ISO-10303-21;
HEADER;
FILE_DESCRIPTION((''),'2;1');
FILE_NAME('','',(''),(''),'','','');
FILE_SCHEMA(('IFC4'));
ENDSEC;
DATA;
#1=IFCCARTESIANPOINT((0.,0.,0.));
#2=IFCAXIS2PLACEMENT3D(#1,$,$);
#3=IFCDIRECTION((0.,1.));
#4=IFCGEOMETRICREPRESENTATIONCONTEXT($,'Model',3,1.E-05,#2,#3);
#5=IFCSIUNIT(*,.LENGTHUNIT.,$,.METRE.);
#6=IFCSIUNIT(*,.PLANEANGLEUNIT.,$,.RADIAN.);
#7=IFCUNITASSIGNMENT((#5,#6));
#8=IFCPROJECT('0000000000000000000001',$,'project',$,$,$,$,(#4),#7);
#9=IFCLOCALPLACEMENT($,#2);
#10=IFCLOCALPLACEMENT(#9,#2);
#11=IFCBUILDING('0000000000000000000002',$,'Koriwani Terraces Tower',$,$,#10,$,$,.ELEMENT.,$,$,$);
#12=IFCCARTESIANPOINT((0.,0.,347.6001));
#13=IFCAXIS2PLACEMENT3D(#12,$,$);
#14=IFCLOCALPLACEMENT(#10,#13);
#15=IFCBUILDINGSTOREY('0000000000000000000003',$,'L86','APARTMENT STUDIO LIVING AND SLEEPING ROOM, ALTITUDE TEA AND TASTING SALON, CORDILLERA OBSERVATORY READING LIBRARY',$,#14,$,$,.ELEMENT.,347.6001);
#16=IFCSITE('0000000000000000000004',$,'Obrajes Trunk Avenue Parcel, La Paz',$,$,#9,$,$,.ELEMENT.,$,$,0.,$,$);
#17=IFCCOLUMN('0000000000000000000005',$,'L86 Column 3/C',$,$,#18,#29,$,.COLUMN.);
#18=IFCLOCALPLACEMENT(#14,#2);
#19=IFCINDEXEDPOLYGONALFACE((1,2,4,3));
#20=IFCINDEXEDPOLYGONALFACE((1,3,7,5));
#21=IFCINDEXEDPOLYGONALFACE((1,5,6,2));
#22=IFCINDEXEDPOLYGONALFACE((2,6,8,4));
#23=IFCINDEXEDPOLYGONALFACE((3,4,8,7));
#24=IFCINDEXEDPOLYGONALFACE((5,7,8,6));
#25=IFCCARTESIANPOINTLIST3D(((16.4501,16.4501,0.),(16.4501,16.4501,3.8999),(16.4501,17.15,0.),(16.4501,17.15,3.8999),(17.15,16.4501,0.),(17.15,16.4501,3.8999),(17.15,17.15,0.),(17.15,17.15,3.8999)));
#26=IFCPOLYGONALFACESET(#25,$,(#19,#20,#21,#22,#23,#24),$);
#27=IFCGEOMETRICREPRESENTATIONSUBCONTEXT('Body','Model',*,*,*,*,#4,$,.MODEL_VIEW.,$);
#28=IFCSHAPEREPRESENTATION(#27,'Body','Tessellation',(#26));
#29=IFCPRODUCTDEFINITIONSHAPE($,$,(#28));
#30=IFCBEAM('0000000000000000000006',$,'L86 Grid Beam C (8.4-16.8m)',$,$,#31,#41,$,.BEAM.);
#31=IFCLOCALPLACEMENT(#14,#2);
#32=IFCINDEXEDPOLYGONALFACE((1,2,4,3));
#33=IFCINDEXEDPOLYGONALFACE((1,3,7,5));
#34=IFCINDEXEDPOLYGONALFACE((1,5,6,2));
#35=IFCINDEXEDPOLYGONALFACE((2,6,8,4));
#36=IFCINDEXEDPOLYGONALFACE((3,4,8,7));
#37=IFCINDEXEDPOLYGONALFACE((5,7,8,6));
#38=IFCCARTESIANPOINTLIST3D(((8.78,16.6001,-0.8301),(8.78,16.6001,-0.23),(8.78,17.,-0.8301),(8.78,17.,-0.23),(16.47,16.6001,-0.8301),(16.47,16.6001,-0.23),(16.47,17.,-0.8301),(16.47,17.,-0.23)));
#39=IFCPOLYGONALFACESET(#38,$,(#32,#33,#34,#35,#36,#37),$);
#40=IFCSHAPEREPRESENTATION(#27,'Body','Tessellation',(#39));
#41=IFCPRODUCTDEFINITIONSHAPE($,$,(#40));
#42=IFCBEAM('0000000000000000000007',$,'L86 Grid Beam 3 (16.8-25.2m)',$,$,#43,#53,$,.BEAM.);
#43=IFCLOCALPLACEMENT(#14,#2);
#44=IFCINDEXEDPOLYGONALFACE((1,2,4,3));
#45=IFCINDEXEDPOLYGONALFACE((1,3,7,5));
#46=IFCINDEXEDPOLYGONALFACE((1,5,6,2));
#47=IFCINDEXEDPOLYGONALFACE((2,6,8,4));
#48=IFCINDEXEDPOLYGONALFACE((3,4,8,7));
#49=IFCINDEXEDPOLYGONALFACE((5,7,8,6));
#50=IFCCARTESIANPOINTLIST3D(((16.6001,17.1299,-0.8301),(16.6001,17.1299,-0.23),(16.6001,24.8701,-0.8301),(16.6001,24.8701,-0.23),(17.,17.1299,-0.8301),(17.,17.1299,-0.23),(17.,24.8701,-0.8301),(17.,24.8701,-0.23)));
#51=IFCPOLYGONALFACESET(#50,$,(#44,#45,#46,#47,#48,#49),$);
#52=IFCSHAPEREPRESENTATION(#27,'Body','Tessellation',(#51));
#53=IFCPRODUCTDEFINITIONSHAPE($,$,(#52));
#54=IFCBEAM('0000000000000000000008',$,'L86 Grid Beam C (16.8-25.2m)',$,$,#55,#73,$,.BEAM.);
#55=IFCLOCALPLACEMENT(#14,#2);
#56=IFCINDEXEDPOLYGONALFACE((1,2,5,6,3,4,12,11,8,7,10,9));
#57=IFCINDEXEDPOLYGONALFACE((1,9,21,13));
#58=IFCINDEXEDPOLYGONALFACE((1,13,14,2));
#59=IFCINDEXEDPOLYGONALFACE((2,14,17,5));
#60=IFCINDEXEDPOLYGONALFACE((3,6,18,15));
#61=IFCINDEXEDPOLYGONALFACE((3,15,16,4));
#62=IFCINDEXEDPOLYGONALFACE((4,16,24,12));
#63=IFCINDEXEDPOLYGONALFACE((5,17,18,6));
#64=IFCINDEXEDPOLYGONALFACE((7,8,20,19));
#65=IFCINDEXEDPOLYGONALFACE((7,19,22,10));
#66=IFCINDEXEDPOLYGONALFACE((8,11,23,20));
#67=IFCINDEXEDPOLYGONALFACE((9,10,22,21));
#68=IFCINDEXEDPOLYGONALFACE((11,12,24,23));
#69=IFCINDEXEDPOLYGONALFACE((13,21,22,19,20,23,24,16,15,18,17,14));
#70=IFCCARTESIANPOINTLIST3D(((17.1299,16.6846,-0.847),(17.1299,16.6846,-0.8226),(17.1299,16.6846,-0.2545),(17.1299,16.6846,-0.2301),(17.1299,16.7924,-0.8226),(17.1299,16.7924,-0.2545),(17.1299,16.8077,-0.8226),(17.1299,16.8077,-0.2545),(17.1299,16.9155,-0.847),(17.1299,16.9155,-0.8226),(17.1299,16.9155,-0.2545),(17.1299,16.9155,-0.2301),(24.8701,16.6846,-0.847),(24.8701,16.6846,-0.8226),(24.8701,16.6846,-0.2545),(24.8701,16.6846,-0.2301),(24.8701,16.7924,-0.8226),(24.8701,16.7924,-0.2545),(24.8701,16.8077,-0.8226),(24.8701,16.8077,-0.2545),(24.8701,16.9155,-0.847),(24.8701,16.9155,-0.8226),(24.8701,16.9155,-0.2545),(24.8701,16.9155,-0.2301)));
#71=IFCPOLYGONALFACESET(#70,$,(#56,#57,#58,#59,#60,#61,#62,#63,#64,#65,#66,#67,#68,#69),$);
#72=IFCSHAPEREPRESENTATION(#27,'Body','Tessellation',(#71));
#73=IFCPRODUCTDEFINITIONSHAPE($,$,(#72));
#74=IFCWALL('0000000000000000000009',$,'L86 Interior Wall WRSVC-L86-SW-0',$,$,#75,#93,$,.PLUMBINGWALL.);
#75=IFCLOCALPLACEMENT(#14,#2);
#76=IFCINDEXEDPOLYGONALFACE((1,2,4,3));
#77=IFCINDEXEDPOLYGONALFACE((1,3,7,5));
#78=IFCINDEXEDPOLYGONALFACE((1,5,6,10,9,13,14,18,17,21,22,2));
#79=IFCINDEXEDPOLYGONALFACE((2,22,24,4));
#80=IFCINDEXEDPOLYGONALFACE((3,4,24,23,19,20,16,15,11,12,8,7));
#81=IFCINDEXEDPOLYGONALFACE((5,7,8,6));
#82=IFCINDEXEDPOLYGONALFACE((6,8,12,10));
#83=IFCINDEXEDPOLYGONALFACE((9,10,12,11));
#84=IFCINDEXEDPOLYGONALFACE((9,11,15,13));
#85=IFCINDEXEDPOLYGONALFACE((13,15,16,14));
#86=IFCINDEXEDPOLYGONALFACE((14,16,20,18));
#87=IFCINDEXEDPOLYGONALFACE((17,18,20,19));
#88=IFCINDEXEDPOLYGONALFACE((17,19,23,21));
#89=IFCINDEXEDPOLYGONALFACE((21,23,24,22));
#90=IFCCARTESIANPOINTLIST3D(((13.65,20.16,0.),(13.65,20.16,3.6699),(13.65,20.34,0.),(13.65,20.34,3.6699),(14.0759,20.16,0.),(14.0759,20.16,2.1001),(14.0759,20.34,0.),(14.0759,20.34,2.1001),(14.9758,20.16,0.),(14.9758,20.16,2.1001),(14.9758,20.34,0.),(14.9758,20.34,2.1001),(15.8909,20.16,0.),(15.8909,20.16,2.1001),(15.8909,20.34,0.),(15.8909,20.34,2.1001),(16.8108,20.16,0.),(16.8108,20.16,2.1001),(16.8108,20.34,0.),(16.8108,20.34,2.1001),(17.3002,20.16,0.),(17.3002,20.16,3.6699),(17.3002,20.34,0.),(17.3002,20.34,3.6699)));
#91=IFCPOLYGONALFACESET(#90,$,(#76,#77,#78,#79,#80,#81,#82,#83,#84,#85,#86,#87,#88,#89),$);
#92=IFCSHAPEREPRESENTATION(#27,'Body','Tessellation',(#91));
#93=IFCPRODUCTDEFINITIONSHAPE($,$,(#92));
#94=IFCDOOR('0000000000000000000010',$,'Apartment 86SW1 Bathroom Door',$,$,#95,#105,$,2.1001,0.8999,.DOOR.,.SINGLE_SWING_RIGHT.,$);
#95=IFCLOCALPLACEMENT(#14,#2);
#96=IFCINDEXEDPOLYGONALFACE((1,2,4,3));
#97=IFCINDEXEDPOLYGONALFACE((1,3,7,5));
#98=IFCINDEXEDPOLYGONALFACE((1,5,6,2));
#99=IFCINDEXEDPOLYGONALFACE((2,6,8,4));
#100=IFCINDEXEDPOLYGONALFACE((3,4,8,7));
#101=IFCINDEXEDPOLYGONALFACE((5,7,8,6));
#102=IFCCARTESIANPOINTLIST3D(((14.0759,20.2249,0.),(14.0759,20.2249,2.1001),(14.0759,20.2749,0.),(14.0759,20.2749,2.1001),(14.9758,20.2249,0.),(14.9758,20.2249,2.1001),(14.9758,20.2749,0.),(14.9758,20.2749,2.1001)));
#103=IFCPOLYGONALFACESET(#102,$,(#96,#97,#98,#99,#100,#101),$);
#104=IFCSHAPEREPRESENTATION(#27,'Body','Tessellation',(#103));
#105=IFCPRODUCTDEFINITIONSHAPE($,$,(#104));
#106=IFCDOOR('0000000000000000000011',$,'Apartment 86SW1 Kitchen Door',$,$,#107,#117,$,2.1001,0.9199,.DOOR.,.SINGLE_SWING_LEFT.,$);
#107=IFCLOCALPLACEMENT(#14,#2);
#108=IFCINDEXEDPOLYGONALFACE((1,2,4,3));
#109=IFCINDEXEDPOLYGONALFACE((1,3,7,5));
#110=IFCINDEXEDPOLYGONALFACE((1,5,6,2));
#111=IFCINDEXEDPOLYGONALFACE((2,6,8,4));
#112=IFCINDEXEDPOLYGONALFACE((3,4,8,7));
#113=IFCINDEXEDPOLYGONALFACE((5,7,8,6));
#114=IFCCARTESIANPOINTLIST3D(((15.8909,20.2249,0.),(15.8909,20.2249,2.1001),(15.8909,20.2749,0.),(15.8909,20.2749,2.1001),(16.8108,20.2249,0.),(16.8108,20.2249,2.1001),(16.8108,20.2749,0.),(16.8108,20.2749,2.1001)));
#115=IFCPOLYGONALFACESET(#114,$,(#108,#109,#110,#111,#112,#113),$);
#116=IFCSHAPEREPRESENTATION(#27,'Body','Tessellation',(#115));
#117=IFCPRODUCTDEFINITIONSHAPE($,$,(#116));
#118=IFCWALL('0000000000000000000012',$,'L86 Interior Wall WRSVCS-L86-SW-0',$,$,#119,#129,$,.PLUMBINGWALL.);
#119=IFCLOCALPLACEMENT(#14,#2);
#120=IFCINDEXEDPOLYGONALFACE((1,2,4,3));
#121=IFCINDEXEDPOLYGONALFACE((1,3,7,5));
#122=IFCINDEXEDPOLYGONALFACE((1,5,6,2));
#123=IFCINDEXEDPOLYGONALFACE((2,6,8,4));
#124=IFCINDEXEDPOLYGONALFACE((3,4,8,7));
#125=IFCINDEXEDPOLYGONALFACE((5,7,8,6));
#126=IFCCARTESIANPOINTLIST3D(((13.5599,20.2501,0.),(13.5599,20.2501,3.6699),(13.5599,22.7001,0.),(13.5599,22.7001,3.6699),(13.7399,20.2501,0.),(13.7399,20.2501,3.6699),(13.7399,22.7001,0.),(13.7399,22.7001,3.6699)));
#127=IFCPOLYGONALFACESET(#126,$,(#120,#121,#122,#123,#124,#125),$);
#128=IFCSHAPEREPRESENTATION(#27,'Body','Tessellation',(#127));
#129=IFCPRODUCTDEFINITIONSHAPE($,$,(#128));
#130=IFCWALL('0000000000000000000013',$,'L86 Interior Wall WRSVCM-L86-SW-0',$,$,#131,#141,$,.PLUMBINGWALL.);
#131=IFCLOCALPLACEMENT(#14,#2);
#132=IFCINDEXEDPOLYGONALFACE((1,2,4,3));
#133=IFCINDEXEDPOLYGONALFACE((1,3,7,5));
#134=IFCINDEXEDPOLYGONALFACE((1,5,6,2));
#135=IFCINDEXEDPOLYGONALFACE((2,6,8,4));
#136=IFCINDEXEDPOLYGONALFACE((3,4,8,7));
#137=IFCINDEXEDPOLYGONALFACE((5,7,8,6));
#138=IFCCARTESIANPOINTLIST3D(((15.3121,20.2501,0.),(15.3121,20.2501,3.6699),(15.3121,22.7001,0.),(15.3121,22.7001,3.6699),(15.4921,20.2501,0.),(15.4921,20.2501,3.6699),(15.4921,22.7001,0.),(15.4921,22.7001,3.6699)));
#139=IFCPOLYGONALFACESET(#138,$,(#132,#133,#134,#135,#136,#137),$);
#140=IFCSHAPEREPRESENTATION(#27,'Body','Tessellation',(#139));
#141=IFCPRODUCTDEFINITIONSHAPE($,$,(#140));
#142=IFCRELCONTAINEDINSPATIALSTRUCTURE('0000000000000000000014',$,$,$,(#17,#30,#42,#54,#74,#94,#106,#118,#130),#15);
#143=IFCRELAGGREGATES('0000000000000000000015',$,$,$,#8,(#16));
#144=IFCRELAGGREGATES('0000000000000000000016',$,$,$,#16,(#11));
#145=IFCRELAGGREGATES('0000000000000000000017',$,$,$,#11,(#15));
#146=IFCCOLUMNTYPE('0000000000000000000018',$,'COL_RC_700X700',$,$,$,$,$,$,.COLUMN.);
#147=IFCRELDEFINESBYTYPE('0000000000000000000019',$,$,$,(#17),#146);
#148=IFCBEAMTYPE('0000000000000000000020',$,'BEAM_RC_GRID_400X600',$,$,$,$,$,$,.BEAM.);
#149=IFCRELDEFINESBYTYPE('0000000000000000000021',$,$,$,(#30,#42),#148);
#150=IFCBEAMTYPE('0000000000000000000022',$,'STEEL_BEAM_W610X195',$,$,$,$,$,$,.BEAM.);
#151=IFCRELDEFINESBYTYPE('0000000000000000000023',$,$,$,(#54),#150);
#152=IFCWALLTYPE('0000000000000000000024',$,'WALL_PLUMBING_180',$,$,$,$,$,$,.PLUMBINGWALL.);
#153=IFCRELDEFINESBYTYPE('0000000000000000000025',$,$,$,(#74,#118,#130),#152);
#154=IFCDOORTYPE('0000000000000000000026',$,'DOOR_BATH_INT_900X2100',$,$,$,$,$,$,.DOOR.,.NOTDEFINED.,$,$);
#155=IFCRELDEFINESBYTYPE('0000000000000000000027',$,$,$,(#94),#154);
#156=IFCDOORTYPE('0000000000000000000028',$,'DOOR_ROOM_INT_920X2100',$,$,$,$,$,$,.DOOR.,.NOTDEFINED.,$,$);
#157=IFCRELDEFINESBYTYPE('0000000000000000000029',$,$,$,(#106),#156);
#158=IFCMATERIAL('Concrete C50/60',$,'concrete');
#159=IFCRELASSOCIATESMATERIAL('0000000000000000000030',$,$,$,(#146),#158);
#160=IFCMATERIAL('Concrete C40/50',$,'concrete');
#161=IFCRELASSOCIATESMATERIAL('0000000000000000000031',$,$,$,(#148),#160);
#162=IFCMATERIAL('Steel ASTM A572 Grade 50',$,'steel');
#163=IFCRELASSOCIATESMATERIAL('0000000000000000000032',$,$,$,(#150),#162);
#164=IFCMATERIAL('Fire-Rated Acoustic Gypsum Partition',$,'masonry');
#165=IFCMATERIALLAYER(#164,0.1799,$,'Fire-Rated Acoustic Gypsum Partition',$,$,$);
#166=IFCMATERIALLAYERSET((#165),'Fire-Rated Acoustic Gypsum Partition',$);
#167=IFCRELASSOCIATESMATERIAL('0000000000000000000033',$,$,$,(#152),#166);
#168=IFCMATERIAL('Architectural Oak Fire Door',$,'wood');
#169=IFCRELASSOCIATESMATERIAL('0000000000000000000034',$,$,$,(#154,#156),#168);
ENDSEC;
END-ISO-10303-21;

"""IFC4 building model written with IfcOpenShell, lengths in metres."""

from ifc_helpers import new_model, si_unit, direction, frame, frame_2d, origin, origin_2d, place, context, subcontext, project, spatial, rectangle, i_section, extrude, material, layer, layer_set, material_profile, profile_set, type_object, element, fill, save


model = new_model("IFC4")

# Units and contexts
model_context = context("Model", 3, precision=1e-05, world=origin(), true_north=direction((0.0, 1.0)))
body_context = subcontext(model_context, "Body", "Model", "MODEL_VIEW")
ifc_project = project(units=[si_unit("LENGTHUNIT", "METRE"), si_unit("PLANEANGLEUNIT", "RADIAN")], contexts=[model_context])

# Site, building, storey
site_placement = place(None, origin())
site = spatial("IfcSite", under=ifc_project, at=site_placement, Name="Obrajes Trunk Avenue Parcel, La Paz", CompositionType="ELEMENT", RefElevation=0.0)
building_placement = place(site_placement, origin())
building = spatial("IfcBuilding", under=site, at=building_placement, Name="Koriwani Terraces Tower", CompositionType="ELEMENT")
storey_placement = place(building_placement, frame((0.0, 0.0, 347.6001)))
storey = spatial("IfcBuildingStorey", under=building, at=storey_placement, Name="L86", Description="APARTMENT STUDIO LIVING AND SLEEPING ROOM, ALTITUDE TEA AND TASTING SALON, CORDILLERA OBSERVATORY READING LIBRARY", CompositionType="ELEMENT", Elevation=347.6001)

# Column
ifc_material_1 = material(Name="Concrete C50/60", Category="concrete")
ifc_material_profile_1 = material_profile(ifc_material_1, rectangle(XDim=0.7, YDim=0.7, at=origin_2d()), Name="Concrete C50/60", Category="LoadBearing")
ifc_profile_set_1 = profile_set([ifc_material_profile_1], Name="Concrete C50/60")
column_type = type_object("IfcColumnType", Name="COL_RC_700X700", PredefinedType="COLUMN", material=ifc_profile_set_1)
column_placement = place(storey_placement, frame((16.8, 16.8, 0.0), z_axis=(0.0, 0.0, 1.0), x_axis=(1.0, 0.0, 0.0)))
element("IfcColumn", 1, at=column_placement, inside=storey, type_object=column_type, Name="L86 Column 3/C", PredefinedType="COLUMN", context=body_context, shape_type="SweptSolid", body=[
    extrude(rectangle(XDim=0.7, YDim=0.7, at=origin_2d()), origin(), (0.0, 0.0, 1.0), 3.8999),
])

# Beams
ifc_material_2 = material(Name="Concrete C40/50", Category="concrete")
ifc_material_profile_2 = material_profile(ifc_material_2, rectangle(XDim=0.3999, YDim=0.6001, at=origin_2d()), Name="Concrete C40/50", Category="LoadBearing")
ifc_profile_set_2 = profile_set([ifc_material_profile_2], Name="Concrete C40/50")
beam_type_1 = type_object("IfcBeamType", Name="BEAM_RC_GRID_400X600", PredefinedType="BEAM", material=ifc_profile_set_2)
beam_1_placement = place(storey_placement, frame((8.78, 16.8, -0.53), z_axis=(1.0, 0.0, 0.0), x_axis=(0.0, 1.0, 0.0)))
element("IfcBeam", 2, at=beam_1_placement, inside=storey, type_object=beam_type_1, Name="L86 Grid Beam C (8.4-16.8m)", PredefinedType="BEAM", context=body_context, shape_type="SweptSolid", body=[
    extrude(rectangle(XDim=0.3999, YDim=0.6001, at=origin_2d()), origin(), (0.0, 0.0, 1.0), 7.6899),
])
beam_2_placement = place(storey_placement, frame((16.8, 17.1299, -0.53), z_axis=(0.0, 1.0, 0.0), x_axis=(-1.0, 0.0, 0.0)))
element("IfcBeam", 3, at=beam_2_placement, inside=storey, type_object=beam_type_1, Name="L86 Grid Beam 3 (16.8-25.2m)", PredefinedType="BEAM", context=body_context, shape_type="SweptSolid", body=[
    extrude(rectangle(XDim=0.3999, YDim=0.6001, at=origin_2d()), origin(), (0.0, 0.0, 1.0), 7.7402),
])
ifc_material_3 = material(Name="Steel ASTM A572 Grade 50", Category="steel")
ifc_material_profile_3 = material_profile(ifc_material_3, i_section(OverallWidth=0.231, OverallDepth=0.6169, WebThickness=0.0154, FlangeThickness=0.0244, at=origin_2d()), Name="Steel ASTM A572 Grade 50", Category="LoadBearing")
ifc_profile_set_3 = profile_set([ifc_material_profile_3], Name="Steel ASTM A572 Grade 50")
beam_type_2 = type_object("IfcBeamType", Name="STEEL_BEAM_W610X195", PredefinedType="BEAM", material=ifc_profile_set_3)
beam_3_placement = place(storey_placement, frame((17.1299, 16.8, -0.5386), z_axis=(1.0, 0.0, 0.0), x_axis=(0.0, 1.0, 0.0)))
element("IfcBeam", 4, at=beam_3_placement, inside=storey, type_object=beam_type_2, Name="L86 Grid Beam C (16.8-25.2m)", PredefinedType="BEAM", context=body_context, shape_type="SweptSolid", body=[
    extrude(i_section(OverallWidth=0.231, OverallDepth=0.6169, WebThickness=0.0154, FlangeThickness=0.0244, at=origin_2d()), origin(), (0.0, 0.0, 1.0), 7.7402),
])

# Wall, openings, doors
ifc_material_4 = material(Name="Fire-Rated Acoustic Gypsum Partition", Category="masonry")
ifc_layer = layer(ifc_material_4, 0.1799, Name="Fire-Rated Acoustic Gypsum Partition")
ifc_layer_set = layer_set([ifc_layer], Name="Fire-Rated Acoustic Gypsum Partition")
wall_type = type_object("IfcWallType", Name="WALL_PLUMBING_180", PredefinedType="PLUMBINGWALL", material=ifc_layer_set)
wall_1_placement = place(storey_placement, frame((13.6499, 20.25, 0.0), z_axis=(0.0, 0.0, 1.0), x_axis=(1.0, 0.0, 0.0)))
wall_1 = element("IfcWall", 5, at=wall_1_placement, inside=storey, type_object=wall_type, Name="L86 Interior Wall WRSVC-L86-SW-0", PredefinedType="PLUMBINGWALL", context=body_context, shape_type="SweptSolid", body=[
    extrude(rectangle(XDim=3.6501, YDim=0.1799, at=frame_2d((1.8252, 0.0))), origin(), (0.0, 0.0, 1.0), 3.6699),
])
opening_1_placement = place(wall_1_placement, frame((0.426, 0.0, 0.0)))
opening_1 = element("IfcOpeningElement", 6, at=opening_1_placement, cuts=wall_1, PredefinedType="OPENING", context=body_context, shape_type="SweptSolid", body=[
    extrude(rectangle(XDim=0.8999, YDim=2.1001, at=frame_2d((0.45, 1.05))), frame((0.0, 0.1001, 0.0), z_axis=(0.0, -1.0, 0.0), x_axis=(1.0, 0.0, 0.0)), (0.0, 0.0, 1.0), 0.2),
])
opening_2_placement = place(wall_1_placement, frame((2.241, 0.0, 0.0)))
opening_2 = element("IfcOpeningElement", 7, at=opening_2_placement, cuts=wall_1, PredefinedType="OPENING", context=body_context, shape_type="SweptSolid", body=[
    extrude(rectangle(XDim=0.9199, YDim=2.1001, at=frame_2d((0.46, 1.05))), frame((0.0, 0.1001, 0.0), z_axis=(0.0, -1.0, 0.0), x_axis=(1.0, 0.0, 0.0)), (0.0, 0.0, 1.0), 0.2),
])
ifc_material_5 = material(Name="Architectural Oak Fire Door", Category="wood")
door_type_1 = type_object("IfcDoorType", Name="DOOR_BATH_INT_900X2100", OperationType="NOTDEFINED", PredefinedType="DOOR", material=ifc_material_5)
door_1_placement = place(opening_1_placement, origin())
door_1 = element("IfcDoor", 8, at=door_1_placement, inside=storey, type_object=door_type_1, Name="Apartment 86SW1 Bathroom Door", OperationType="SINGLE_SWING_RIGHT", OverallHeight=2.1001, OverallWidth=0.8999, PredefinedType="DOOR", context=body_context, shape_type="SweptSolid", body=[
    extrude(rectangle(XDim=0.8999, YDim=2.1001, at=frame_2d((0.45, 1.05))), frame((0.0, 0.0249, 0.0), z_axis=(0.0, -1.0, 0.0), x_axis=(1.0, 0.0, 0.0)), (0.0, 0.0, 1.0), 0.05),
])
fill(opening_1, door_1)
door_type_2 = type_object("IfcDoorType", Name="DOOR_ROOM_INT_920X2100", OperationType="NOTDEFINED", PredefinedType="DOOR", material=ifc_material_5)
door_2_placement = place(opening_2_placement, origin())
door_2 = element("IfcDoor", 9, at=door_2_placement, inside=storey, type_object=door_type_2, Name="Apartment 86SW1 Kitchen Door", OperationType="SINGLE_SWING_LEFT", OverallHeight=2.1001, OverallWidth=0.9199, PredefinedType="DOOR", context=body_context, shape_type="SweptSolid", body=[
    extrude(rectangle(XDim=0.9199, YDim=2.1001, at=frame_2d((0.46, 1.05))), frame((0.0, 0.0249, 0.0), z_axis=(0.0, -1.0, 0.0), x_axis=(1.0, 0.0, 0.0)), (0.0, 0.0, 1.0), 0.05),
])
fill(opening_2, door_2)

# Walls
for number, where, z_axis, x_axis, name in (
    (10, (13.6499, 20.25, 0.0), (0.0, 0.0, 1.0), (0.0, 1.0, 0.0), "L86 Interior Wall WRSVCS-L86-SW-0"),
    (11, (15.4021, 20.25, 0.0), (0.0, 0.0, 1.0), (0.0, 1.0, 0.0), "L86 Interior Wall WRSVCM-L86-SW-0"),
):
    element("IfcWall", number, at=place(storey_placement, frame(where, z_axis=z_axis, x_axis=x_axis)), inside=storey, type_object=wall_type, Name=name, PredefinedType="PLUMBINGWALL", context=body_context, shape_type="SweptSolid", body=[
        extrude(rectangle(XDim=2.45, YDim=0.1799, at=frame_2d((1.2251, 0.0))), origin(), (0.0, 0.0, 1.0), 3.6699),
    ])

save(model, "model.ifc")
